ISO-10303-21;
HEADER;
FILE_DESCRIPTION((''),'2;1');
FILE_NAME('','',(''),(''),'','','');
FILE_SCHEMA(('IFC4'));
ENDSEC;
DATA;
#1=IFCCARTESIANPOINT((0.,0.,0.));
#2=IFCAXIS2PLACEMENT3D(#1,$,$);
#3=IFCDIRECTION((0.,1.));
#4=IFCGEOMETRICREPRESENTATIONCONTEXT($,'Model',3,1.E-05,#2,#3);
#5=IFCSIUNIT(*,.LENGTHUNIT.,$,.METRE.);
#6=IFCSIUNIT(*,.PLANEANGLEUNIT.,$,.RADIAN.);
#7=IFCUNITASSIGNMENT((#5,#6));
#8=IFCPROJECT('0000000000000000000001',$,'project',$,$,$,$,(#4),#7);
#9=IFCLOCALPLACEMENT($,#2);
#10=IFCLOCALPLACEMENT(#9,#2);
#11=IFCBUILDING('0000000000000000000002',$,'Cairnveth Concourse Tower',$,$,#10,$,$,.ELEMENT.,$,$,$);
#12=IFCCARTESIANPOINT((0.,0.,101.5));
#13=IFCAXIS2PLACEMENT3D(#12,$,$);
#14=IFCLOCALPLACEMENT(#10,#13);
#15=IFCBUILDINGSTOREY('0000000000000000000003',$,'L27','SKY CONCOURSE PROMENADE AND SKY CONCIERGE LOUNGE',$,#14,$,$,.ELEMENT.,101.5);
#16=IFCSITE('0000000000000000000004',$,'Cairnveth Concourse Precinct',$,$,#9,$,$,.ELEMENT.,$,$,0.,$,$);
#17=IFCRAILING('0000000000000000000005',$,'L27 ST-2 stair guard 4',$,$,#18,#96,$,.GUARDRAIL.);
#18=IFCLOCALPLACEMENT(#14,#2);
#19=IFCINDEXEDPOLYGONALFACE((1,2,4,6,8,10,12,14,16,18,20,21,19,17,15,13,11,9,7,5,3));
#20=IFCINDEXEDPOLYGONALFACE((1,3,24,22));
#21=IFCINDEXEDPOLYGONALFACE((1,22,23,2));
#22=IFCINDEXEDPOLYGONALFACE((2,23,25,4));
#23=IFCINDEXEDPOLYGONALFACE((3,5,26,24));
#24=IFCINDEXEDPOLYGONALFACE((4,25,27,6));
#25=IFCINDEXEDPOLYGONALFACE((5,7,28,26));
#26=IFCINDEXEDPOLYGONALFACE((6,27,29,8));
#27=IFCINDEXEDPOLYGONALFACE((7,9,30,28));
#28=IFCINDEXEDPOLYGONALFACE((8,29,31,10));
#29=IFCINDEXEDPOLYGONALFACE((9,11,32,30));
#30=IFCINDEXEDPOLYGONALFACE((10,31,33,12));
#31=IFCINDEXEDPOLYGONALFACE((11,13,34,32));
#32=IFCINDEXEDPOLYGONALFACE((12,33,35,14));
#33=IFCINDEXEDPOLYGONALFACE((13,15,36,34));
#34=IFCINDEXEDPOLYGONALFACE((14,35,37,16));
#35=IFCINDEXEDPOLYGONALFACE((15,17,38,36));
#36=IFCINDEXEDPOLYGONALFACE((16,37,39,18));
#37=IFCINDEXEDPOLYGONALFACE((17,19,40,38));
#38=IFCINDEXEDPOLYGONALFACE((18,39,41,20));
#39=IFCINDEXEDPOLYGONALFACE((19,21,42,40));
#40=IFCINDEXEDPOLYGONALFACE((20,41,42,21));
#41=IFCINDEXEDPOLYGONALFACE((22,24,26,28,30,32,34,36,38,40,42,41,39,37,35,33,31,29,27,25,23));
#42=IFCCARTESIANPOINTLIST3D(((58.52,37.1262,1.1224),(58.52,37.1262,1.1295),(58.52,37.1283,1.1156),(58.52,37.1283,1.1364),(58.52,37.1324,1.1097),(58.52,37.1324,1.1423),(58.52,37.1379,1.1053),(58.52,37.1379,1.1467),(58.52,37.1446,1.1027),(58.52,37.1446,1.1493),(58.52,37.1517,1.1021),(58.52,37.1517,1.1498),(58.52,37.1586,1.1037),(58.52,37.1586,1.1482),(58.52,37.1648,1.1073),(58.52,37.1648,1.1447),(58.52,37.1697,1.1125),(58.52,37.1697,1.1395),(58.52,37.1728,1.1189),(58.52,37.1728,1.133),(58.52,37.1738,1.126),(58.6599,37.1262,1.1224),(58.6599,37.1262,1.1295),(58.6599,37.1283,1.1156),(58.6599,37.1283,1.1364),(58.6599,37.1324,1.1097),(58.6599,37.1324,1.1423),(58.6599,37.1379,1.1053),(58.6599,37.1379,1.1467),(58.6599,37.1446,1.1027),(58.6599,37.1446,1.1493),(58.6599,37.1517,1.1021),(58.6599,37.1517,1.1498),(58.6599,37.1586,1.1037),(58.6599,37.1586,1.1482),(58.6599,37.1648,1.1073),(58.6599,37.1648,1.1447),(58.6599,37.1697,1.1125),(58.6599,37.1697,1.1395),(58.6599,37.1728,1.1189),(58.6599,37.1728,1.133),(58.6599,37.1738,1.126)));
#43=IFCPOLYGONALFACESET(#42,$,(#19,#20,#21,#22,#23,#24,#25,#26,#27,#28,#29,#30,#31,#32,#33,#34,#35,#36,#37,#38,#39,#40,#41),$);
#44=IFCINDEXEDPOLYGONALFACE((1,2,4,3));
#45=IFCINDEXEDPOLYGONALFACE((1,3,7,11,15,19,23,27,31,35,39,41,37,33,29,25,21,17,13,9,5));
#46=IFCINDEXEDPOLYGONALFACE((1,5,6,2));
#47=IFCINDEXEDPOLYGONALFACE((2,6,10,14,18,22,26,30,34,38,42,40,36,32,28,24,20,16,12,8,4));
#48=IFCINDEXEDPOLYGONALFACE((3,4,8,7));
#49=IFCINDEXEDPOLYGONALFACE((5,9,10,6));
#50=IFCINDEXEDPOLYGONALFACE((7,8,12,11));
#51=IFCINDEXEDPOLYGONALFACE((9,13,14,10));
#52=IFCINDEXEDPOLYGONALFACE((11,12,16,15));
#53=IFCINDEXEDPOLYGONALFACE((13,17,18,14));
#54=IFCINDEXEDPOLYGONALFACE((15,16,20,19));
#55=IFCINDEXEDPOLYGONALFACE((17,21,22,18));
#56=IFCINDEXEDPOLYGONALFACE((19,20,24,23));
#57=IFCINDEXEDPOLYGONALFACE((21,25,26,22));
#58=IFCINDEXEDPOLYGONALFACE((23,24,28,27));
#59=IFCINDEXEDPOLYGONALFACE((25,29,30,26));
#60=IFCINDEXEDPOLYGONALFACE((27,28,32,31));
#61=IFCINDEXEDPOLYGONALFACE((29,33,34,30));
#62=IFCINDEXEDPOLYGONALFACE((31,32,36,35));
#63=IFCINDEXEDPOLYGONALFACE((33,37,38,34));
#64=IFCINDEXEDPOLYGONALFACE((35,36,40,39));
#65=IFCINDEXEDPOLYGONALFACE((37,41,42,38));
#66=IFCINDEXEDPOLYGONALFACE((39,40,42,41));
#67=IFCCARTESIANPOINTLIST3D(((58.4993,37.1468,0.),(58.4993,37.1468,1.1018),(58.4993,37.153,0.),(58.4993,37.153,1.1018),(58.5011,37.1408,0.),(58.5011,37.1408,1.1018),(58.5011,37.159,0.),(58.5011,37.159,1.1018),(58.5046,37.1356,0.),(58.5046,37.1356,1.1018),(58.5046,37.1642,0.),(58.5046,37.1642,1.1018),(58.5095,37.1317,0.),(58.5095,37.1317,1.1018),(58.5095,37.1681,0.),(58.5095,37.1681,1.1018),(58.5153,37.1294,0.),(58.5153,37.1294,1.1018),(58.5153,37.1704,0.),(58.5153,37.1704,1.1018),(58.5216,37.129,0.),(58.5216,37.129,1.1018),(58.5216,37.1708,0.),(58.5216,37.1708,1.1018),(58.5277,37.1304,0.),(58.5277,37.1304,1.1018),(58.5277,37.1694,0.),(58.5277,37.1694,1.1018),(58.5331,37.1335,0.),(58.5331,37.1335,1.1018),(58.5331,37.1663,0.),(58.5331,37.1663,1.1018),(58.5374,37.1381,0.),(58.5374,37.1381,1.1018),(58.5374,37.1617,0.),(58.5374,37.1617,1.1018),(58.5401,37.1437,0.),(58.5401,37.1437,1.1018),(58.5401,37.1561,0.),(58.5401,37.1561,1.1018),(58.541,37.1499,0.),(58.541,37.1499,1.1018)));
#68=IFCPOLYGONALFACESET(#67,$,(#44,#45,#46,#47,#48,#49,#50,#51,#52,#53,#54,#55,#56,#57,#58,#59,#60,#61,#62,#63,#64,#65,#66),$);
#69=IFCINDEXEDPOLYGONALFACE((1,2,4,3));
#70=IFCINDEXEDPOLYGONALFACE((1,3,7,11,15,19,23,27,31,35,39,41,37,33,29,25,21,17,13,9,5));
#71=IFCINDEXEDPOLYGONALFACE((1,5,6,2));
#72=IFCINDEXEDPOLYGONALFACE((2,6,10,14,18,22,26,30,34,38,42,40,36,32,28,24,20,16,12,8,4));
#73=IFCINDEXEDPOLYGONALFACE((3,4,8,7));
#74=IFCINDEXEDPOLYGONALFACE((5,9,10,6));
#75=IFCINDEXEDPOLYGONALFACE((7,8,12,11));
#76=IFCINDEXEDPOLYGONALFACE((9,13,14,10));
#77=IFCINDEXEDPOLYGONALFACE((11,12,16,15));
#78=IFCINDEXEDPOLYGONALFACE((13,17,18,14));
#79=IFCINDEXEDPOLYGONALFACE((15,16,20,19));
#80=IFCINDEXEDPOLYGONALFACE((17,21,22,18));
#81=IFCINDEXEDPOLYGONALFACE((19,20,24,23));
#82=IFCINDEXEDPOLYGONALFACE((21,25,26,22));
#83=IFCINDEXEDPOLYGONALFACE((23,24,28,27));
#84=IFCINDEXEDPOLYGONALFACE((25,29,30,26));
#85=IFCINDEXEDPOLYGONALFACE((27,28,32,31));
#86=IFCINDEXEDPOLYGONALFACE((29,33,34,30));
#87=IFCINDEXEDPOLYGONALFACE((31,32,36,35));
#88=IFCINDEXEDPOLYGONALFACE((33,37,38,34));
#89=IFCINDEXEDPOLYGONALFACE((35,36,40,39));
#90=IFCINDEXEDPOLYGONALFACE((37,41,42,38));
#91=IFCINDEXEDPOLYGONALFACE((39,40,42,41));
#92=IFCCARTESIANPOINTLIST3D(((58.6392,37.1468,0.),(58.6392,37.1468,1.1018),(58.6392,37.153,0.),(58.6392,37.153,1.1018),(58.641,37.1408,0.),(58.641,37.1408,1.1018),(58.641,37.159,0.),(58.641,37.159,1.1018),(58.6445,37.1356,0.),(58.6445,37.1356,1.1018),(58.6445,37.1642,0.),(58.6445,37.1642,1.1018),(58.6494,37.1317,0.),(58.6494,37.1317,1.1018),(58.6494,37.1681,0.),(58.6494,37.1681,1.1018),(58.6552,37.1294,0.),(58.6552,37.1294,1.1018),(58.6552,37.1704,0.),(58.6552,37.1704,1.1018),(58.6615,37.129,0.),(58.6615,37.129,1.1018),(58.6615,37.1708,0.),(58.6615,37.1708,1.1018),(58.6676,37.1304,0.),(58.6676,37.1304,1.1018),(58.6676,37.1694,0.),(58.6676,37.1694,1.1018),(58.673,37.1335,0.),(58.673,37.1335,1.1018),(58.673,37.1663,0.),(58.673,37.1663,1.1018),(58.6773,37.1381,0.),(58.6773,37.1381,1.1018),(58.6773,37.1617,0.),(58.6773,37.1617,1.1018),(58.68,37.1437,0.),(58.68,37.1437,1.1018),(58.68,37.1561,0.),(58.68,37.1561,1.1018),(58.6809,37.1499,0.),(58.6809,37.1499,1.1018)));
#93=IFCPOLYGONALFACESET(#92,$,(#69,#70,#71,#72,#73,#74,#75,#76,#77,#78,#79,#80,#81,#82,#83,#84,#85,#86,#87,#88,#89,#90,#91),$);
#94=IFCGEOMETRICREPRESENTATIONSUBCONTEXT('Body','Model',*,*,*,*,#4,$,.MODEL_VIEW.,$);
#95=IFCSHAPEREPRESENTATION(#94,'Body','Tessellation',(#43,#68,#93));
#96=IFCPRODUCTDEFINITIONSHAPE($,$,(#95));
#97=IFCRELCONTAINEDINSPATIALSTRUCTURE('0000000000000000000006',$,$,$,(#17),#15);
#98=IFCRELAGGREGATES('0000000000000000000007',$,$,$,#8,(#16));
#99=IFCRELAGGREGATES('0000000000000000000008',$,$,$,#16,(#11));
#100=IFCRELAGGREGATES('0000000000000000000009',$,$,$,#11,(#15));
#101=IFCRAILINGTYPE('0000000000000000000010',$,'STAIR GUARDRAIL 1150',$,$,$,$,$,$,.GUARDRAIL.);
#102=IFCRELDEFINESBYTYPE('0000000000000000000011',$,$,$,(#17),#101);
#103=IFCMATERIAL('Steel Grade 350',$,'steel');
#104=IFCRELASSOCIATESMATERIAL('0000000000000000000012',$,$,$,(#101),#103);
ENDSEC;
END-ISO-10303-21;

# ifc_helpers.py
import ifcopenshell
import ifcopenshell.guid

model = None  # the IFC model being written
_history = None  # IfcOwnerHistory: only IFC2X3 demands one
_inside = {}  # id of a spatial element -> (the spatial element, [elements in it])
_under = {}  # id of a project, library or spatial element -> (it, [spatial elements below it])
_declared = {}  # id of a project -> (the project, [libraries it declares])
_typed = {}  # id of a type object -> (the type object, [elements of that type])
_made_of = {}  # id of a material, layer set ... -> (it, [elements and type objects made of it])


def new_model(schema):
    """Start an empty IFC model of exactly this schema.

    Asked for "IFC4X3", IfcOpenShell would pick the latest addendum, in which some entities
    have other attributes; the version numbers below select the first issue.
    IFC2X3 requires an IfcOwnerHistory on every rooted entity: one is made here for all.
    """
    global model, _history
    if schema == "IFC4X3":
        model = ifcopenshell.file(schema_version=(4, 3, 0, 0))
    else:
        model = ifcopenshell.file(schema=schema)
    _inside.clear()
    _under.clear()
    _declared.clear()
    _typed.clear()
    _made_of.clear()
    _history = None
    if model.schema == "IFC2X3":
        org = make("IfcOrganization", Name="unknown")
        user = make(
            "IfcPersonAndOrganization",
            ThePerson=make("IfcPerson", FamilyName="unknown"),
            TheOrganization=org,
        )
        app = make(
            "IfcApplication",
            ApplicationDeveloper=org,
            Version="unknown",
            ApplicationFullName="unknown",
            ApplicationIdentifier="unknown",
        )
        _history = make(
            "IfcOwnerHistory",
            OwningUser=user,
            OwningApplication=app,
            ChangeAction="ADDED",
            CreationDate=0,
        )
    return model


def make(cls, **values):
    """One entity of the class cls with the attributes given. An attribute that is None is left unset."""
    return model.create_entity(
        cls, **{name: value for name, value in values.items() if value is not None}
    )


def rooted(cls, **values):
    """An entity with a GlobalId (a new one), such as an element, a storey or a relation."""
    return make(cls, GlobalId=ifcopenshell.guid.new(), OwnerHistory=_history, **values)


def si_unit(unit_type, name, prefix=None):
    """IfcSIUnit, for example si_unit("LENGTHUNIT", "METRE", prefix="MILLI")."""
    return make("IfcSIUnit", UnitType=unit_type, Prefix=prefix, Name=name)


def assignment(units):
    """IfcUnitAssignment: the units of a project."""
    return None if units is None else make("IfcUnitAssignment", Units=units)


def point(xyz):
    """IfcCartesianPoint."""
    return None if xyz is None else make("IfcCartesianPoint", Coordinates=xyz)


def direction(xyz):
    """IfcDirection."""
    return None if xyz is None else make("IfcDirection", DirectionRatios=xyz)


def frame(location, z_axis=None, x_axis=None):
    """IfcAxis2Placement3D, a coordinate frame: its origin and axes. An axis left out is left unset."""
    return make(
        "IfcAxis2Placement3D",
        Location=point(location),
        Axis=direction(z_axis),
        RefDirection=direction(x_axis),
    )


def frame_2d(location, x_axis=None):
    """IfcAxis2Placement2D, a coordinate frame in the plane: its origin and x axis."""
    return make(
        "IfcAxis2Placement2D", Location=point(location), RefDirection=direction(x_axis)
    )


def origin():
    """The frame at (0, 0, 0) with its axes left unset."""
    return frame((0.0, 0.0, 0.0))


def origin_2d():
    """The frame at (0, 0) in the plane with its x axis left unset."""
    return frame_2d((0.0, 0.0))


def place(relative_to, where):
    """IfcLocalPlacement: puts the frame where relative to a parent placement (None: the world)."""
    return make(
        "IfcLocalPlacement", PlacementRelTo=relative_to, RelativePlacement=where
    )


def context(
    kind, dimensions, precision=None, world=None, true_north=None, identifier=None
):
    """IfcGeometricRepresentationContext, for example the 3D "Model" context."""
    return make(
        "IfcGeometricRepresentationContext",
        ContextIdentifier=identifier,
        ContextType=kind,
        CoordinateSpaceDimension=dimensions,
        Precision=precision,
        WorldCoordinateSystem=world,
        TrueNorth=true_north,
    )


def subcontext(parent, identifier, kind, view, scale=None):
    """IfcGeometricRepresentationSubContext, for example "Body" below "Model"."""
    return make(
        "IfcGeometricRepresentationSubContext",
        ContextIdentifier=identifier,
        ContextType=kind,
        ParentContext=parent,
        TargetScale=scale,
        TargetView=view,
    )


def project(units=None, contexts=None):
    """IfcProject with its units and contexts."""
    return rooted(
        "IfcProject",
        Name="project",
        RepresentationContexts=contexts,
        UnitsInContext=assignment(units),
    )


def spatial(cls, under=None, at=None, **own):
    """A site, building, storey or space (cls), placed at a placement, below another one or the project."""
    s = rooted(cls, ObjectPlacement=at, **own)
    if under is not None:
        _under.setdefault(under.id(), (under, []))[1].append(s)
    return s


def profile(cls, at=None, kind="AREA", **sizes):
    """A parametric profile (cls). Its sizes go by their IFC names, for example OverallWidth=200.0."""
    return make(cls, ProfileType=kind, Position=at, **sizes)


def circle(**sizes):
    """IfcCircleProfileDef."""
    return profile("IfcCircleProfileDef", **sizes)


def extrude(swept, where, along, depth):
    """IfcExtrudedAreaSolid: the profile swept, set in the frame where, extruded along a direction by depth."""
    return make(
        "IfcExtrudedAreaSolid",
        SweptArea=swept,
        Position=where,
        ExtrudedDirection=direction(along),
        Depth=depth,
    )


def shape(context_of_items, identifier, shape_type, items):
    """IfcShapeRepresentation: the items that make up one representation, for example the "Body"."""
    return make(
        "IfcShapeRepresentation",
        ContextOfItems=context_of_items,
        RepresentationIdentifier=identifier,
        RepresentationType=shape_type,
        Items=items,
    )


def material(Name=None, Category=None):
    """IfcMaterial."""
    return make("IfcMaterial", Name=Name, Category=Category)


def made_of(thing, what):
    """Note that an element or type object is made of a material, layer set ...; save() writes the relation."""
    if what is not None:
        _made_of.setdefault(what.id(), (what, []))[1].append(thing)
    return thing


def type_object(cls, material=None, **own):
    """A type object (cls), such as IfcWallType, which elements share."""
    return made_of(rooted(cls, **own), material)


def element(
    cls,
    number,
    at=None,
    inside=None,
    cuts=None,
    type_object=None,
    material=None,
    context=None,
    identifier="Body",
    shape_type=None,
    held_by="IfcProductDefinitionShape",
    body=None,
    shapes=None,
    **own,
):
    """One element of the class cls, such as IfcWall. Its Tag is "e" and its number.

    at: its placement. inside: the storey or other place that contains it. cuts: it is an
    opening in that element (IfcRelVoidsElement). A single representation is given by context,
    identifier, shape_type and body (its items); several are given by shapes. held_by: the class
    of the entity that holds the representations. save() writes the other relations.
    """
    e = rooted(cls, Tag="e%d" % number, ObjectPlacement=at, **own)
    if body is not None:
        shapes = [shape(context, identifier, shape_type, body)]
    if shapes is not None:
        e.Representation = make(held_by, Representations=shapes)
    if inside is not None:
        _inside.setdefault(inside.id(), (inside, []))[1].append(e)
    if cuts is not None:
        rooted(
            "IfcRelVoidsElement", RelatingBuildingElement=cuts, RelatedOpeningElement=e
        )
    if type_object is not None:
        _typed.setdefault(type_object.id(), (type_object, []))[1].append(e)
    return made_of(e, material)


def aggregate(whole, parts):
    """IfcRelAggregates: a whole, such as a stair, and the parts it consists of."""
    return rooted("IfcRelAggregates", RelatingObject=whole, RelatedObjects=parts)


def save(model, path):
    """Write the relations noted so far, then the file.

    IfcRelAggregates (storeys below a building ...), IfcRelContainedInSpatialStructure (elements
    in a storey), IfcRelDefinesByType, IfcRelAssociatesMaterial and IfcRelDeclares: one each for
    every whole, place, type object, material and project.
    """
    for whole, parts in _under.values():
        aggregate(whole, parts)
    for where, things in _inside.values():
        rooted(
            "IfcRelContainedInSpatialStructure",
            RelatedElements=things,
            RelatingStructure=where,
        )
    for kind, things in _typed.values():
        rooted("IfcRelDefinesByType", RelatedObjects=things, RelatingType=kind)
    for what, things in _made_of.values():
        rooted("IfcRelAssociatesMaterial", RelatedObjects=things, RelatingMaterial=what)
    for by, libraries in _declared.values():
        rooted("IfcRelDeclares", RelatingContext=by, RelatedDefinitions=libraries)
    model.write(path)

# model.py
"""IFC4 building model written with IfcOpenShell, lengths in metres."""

from ifc_helpers import new_model, si_unit, direction, frame, origin, origin_2d, place, context, subcontext, project, spatial, circle, extrude, material, type_object, element, save


model = new_model("IFC4")

# Units and contexts
model_context = context("Model", 3, precision=1e-05, world=origin(), true_north=direction((0.0, 1.0)))
body_context = subcontext(model_context, "Body", "Model", "MODEL_VIEW")
ifc_project = project(units=[si_unit("LENGTHUNIT", "METRE"), si_unit("PLANEANGLEUNIT", "RADIAN")], contexts=[model_context])

# Site, building, storey
site_placement = place(None, origin())
site = spatial("IfcSite", under=ifc_project, at=site_placement, Name="Cairnveth Concourse Precinct", CompositionType="ELEMENT", RefElevation=0.0)
building_placement = place(site_placement, origin())
building = spatial("IfcBuilding", under=site, at=building_placement, Name="Cairnveth Concourse Tower", CompositionType="ELEMENT")
storey_placement = place(building_placement, frame((0.0, 0.0, 101.5)))
storey = spatial("IfcBuildingStorey", under=building, at=storey_placement, Name="L27", Description="SKY CONCOURSE PROMENADE AND SKY CONCIERGE LOUNGE", CompositionType="ELEMENT", Elevation=101.5)

# Shared definitions
ifc_material_1 = material(Name="Steel Grade 350", Category="steel")

# Railing
railing_type_1 = type_object("IfcRailingType", Name="STAIR GUARDRAIL 1150", PredefinedType="GUARDRAIL", material=ifc_material_1)
railing_1_placement = place(storey_placement, frame((58.52, 37.1499, 0.0)))
element("IfcRailing", 1, at=railing_1_placement, inside=storey, type_object=railing_type_1, Name="L27 ST-2 stair guard 4", PredefinedType="GUARDRAIL", context=body_context, shape_type="SweptSolid", body=[
    extrude(circle(Radius=0.0239, at=origin_2d()), frame((0.0, 0.0, 1.126), z_axis=(1.0, 0.0, 0.0), x_axis=(0.0, 1.0, 0.0)), (0.0, 0.0, 1.0), 0.1399),
    extrude(circle(Radius=0.021, at=origin_2d()), origin(), (0.0, 0.0, 1.0), 1.1018),
    extrude(circle(Radius=0.021, at=origin_2d()), frame((0.1399, 0.0, 0.0)), (0.0, 0.0, 1.0), 1.1018),
])

save(model, "model.ifc")
